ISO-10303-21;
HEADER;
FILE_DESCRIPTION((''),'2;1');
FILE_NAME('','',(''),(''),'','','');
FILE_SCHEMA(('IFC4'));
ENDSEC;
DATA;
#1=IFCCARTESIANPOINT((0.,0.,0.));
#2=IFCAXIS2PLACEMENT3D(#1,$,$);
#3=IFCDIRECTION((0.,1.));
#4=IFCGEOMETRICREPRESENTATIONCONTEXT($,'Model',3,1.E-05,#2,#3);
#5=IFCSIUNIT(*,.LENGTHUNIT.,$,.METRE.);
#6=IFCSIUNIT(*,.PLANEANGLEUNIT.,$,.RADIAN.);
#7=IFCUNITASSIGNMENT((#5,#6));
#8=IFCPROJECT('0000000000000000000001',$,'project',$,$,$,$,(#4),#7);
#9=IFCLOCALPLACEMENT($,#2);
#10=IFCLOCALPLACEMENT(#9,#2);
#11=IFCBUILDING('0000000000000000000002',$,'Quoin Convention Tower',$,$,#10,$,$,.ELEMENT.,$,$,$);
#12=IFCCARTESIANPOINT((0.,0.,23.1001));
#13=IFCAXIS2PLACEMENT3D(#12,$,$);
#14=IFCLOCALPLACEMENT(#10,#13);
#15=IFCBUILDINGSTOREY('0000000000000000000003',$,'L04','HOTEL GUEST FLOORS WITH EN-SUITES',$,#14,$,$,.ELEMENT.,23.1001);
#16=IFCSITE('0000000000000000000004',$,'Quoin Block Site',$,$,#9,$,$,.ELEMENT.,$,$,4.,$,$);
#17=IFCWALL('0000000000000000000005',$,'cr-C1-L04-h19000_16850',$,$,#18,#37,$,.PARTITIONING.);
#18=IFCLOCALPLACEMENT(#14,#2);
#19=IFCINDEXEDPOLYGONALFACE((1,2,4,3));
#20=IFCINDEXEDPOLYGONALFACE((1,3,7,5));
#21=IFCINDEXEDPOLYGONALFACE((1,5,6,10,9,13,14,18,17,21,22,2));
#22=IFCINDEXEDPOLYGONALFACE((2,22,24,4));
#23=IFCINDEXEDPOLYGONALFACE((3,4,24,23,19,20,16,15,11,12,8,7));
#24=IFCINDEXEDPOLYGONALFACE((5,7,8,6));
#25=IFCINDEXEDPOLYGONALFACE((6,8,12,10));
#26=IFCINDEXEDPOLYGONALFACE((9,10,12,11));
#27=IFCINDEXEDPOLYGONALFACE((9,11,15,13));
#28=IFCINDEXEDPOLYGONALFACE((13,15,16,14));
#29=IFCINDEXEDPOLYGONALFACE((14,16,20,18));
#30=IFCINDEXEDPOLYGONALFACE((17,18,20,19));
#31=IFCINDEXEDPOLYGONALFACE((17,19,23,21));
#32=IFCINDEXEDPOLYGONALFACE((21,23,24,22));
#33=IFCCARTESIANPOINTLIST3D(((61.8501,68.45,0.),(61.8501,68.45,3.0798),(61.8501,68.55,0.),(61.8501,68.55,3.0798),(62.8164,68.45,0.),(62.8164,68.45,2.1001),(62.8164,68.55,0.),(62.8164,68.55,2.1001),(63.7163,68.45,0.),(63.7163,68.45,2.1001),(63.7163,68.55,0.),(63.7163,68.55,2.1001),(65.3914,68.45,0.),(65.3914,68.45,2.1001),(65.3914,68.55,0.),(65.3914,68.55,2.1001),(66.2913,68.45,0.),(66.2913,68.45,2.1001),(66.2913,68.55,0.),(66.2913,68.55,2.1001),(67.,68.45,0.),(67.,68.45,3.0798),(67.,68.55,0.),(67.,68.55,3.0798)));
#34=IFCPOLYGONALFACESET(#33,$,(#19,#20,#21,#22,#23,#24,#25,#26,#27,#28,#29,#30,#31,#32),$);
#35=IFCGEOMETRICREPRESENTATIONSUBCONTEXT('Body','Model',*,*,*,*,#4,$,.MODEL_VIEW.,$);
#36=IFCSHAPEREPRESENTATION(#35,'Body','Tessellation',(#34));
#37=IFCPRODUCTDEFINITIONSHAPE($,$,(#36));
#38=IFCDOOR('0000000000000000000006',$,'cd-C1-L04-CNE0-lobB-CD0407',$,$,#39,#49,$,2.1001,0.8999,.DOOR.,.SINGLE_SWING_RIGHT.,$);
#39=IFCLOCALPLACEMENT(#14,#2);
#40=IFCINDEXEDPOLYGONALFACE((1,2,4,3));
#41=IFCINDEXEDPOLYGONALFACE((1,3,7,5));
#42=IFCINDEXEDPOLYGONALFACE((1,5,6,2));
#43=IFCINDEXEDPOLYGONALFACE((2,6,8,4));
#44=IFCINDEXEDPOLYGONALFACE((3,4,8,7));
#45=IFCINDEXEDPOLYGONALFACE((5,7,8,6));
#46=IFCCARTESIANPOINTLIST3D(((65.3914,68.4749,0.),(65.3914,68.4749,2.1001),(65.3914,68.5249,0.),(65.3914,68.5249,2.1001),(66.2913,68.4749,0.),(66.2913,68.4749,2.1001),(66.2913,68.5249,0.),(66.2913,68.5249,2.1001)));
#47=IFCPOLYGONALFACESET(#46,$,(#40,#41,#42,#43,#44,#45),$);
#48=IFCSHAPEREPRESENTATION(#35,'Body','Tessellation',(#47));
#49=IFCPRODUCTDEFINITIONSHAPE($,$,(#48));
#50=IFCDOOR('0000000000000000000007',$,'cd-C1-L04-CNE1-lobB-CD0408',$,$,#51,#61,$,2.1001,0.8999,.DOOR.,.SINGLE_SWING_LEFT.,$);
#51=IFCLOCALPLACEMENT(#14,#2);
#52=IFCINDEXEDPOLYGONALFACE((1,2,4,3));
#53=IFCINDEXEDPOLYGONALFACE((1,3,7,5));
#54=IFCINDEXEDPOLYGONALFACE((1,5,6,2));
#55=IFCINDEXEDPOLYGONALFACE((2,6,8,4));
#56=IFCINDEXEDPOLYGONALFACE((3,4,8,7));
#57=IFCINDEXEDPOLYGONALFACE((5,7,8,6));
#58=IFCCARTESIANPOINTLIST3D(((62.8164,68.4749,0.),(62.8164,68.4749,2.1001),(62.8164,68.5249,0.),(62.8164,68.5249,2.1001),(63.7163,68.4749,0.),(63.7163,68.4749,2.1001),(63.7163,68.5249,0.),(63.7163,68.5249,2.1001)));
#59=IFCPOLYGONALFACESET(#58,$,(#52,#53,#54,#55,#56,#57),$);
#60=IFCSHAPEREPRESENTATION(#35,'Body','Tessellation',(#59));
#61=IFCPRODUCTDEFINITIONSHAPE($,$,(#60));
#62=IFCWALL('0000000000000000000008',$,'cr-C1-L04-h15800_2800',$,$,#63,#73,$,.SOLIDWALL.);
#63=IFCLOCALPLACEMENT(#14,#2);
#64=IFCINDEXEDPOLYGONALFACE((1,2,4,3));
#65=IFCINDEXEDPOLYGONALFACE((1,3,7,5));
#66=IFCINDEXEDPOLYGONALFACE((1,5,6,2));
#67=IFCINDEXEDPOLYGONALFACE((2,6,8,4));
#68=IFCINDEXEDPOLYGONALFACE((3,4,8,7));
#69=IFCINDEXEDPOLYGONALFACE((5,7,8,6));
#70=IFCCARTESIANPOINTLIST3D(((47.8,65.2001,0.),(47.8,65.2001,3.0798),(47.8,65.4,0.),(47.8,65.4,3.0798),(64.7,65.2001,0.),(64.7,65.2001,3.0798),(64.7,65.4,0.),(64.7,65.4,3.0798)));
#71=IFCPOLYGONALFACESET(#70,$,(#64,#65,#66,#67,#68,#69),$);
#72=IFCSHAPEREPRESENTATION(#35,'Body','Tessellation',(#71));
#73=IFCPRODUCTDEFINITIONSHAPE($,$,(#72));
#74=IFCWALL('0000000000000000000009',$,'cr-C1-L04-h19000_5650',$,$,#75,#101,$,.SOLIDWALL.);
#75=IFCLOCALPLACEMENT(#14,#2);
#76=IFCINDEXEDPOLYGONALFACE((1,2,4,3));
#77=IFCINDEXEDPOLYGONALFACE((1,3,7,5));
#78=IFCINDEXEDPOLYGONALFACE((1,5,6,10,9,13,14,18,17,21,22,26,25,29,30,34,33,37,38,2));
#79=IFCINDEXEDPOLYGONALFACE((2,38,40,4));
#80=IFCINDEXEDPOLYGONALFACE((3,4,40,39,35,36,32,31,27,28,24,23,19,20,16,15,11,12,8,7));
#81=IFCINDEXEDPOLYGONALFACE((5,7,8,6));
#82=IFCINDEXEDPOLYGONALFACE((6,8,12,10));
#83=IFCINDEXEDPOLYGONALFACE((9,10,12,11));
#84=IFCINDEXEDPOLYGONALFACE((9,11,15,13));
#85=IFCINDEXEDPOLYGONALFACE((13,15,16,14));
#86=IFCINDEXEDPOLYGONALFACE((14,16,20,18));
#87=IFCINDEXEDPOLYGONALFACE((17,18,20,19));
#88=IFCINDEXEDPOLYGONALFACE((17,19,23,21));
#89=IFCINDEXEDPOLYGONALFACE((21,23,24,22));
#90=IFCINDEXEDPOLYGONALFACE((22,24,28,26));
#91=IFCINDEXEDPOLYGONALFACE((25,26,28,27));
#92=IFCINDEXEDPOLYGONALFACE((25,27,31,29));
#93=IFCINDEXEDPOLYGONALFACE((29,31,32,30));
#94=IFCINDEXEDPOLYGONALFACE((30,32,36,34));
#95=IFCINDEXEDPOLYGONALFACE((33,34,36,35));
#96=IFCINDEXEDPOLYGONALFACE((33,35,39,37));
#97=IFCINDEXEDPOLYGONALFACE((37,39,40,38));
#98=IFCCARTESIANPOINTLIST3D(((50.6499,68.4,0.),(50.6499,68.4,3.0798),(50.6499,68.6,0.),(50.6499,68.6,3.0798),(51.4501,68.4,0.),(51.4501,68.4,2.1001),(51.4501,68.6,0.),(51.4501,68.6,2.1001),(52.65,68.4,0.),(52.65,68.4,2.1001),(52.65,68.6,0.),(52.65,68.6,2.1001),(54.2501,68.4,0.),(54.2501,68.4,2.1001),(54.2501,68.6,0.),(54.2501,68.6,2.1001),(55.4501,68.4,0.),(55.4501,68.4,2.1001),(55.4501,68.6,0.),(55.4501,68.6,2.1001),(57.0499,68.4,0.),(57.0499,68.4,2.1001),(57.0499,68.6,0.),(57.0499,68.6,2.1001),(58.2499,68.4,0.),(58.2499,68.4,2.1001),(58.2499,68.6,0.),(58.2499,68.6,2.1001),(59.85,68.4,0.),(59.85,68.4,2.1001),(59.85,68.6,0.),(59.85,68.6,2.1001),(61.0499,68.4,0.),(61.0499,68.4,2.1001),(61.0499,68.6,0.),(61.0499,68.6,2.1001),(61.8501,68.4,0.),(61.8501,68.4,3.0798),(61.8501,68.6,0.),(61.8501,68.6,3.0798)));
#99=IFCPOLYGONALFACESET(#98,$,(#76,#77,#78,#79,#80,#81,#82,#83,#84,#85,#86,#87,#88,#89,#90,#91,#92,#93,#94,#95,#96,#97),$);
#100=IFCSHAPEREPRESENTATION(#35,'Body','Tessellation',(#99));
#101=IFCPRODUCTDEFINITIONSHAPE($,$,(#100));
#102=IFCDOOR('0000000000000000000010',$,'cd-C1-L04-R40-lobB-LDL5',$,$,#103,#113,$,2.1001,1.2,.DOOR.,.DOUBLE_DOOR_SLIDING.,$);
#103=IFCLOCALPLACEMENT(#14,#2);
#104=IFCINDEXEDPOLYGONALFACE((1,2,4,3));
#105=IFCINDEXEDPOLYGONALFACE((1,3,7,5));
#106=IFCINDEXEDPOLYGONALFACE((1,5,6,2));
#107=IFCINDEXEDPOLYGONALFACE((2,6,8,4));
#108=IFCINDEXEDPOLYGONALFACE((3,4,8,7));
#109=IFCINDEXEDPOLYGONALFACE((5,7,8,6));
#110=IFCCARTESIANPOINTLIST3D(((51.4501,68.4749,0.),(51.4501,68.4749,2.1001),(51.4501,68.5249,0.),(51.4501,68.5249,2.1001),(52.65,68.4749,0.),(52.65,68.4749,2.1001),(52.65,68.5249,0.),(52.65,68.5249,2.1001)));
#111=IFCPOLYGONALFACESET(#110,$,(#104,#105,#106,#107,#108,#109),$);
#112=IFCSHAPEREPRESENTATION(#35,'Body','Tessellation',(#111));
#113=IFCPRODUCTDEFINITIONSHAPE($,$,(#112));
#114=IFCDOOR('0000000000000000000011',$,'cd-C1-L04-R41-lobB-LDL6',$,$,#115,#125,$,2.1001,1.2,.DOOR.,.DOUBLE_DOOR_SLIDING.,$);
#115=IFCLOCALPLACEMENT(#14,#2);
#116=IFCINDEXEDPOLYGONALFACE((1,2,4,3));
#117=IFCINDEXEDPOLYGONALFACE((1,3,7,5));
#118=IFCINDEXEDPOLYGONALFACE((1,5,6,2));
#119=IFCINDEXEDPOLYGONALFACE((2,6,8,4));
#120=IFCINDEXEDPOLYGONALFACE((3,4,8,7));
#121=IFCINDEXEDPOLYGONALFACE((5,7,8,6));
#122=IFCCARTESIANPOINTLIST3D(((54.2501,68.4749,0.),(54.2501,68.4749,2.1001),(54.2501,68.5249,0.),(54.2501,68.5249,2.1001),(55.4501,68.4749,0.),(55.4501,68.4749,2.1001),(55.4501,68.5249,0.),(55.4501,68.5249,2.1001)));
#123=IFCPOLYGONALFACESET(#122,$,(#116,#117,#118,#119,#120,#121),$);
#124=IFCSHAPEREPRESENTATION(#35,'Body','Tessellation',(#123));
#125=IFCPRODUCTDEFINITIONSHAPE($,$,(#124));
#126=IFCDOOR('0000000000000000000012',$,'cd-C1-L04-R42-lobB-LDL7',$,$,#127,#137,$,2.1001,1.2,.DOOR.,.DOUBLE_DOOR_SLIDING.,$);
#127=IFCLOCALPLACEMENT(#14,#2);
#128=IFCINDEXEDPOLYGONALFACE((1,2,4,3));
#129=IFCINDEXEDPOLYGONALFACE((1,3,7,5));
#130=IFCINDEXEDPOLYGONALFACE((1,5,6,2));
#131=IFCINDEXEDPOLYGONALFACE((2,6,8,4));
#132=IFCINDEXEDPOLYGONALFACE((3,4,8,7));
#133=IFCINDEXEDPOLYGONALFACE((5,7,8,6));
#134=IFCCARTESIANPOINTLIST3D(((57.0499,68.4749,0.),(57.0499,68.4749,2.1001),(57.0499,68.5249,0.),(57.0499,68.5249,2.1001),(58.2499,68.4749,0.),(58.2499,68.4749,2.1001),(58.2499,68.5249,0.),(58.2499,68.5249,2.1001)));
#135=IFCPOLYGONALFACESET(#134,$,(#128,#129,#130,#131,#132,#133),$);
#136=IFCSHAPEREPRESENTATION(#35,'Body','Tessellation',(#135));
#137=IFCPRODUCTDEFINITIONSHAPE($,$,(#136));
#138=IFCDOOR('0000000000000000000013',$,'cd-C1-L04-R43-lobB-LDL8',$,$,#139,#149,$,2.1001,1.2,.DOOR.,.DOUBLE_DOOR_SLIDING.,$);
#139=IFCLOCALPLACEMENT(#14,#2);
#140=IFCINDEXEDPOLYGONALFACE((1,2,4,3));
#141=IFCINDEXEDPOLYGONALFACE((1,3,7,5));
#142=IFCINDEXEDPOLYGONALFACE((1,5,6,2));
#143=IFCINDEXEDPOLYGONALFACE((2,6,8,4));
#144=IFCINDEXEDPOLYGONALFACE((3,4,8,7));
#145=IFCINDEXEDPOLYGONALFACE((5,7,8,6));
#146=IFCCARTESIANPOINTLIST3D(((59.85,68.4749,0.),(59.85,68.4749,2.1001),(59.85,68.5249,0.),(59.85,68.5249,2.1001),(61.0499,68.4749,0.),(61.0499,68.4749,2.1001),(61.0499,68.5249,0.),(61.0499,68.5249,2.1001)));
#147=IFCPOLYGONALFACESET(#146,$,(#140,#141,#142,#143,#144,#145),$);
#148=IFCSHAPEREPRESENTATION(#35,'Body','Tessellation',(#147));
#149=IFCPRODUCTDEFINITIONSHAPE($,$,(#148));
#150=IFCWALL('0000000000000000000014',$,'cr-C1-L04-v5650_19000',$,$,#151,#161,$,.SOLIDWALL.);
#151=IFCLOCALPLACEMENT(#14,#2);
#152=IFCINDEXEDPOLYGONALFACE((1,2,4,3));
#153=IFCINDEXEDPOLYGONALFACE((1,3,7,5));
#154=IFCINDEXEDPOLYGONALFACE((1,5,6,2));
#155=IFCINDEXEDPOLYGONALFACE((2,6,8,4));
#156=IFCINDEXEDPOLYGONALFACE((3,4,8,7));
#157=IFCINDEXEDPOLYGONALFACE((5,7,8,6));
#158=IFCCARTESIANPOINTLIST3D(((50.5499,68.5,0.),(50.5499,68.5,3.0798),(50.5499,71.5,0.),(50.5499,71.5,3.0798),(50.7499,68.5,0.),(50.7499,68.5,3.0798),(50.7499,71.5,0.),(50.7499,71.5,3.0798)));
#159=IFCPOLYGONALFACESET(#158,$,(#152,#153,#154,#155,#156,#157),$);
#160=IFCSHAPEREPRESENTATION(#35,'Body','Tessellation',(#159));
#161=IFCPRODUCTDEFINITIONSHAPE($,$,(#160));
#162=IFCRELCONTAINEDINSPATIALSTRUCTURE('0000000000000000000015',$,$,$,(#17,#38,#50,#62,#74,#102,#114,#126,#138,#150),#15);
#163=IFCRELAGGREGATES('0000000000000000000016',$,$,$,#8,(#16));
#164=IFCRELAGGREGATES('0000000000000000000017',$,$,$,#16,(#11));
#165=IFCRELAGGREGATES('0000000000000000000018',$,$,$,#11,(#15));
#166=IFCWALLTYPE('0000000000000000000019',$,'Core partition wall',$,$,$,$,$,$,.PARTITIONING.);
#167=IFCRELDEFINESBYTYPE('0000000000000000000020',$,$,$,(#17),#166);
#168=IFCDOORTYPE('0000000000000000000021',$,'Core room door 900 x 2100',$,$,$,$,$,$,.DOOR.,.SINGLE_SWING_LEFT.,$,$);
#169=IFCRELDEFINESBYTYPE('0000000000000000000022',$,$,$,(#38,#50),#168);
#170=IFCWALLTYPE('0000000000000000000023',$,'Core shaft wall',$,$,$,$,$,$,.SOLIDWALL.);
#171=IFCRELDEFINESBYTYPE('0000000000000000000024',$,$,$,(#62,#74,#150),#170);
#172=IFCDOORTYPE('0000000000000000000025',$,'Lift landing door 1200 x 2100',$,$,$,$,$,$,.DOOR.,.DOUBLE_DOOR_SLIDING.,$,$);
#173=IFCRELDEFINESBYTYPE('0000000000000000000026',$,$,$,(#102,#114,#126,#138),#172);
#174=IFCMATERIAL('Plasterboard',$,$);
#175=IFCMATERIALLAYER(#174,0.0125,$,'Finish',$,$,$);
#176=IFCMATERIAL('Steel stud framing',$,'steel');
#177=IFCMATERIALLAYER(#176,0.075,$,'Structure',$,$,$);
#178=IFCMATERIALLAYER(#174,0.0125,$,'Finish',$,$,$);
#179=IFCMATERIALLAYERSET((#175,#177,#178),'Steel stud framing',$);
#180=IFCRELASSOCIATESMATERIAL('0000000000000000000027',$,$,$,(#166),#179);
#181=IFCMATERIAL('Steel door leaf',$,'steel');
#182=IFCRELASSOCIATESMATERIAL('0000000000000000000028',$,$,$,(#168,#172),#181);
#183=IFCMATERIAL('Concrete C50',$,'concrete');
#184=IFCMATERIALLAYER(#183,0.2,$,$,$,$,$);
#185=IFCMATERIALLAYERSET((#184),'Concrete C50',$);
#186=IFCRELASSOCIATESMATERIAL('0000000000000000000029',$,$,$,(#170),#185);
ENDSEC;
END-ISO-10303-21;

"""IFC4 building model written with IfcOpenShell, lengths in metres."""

from ifc_helpers import new_model, si_unit, direction, frame, frame_2d, origin, place, context, subcontext, project, spatial, rectangle, extrude, material, layer, layer_set, type_object, element, fill, save


model = new_model("IFC4")

# Units and contexts
model_context = context("Model", 3, precision=1e-05, world=origin(), true_north=direction((0.0, 1.0)))
body_context = subcontext(model_context, "Body", "Model", "MODEL_VIEW")
ifc_project = project(units=[si_unit("LENGTHUNIT", "METRE"), si_unit("PLANEANGLEUNIT", "RADIAN")], contexts=[model_context])

# Site, building, storey
site_placement = place(None, origin())
site = spatial("IfcSite", under=ifc_project, at=site_placement, Name="Quoin Block Site", CompositionType="ELEMENT", RefElevation=4.0)
building_placement = place(site_placement, origin())
building = spatial("IfcBuilding", under=site, at=building_placement, Name="Quoin Convention Tower", CompositionType="ELEMENT")
storey_placement = place(building_placement, frame((0.0, 0.0, 23.1001)))
storey = spatial("IfcBuildingStorey", under=building, at=storey_placement, Name="L04", Description="HOTEL GUEST FLOORS WITH EN-SUITES", CompositionType="ELEMENT", Elevation=23.1001)

# Wall, openings, doors
ifc_material_1 = material(Name="Plasterboard")
ifc_layer_1 = layer(ifc_material_1, 0.0125, Name="Finish")
ifc_material_2 = material(Name="Steel stud framing", Category="steel")
ifc_layer_2 = layer(ifc_material_2, 0.075, Name="Structure")
ifc_layer_3 = layer(ifc_material_1, 0.0125, Name="Finish")
ifc_layer_set_1 = layer_set([ifc_layer_1, ifc_layer_2, ifc_layer_3], Name="Steel stud framing")
wall_type_1 = type_object("IfcWallType", Name="Core partition wall", PredefinedType="PARTITIONING", material=ifc_layer_set_1)
wall_1_placement = place(storey_placement, frame((61.8501, 68.5, 0.0), z_axis=(0.0, 0.0, 1.0), x_axis=(1.0, 0.0, 0.0)))
wall_1 = element("IfcWall", 1, at=wall_1_placement, inside=storey, type_object=wall_type_1, Name="cr-C1-L04-h19000_16850", PredefinedType="PARTITIONING", context=body_context, shape_type="SweptSolid", body=[
    extrude(rectangle(XDim=5.1499, YDim=0.1001, at=frame_2d((2.575, 0.0))), origin(), (0.0, 0.0, 1.0), 3.0798),
])
opening_1_placement = place(wall_1_placement, frame((3.5413, 0.0, 0.0)))
opening_1 = element("IfcOpeningElement", 2, at=opening_1_placement, cuts=wall_1, PredefinedType="OPENING", context=body_context, shape_type="SweptSolid", body=[
    extrude(rectangle(XDim=0.8999, YDim=2.1001, at=frame_2d((0.45, 1.05))), frame((0.0, 0.0601, 0.0), z_axis=(0.0, -1.0, 0.0), x_axis=(1.0, 0.0, 0.0)), (0.0, 0.0, 1.0), 0.1201),
])
opening_2_placement = place(wall_1_placement, frame((0.9663, 0.0, 0.0)))
opening_2 = element("IfcOpeningElement", 3, at=opening_2_placement, cuts=wall_1, PredefinedType="OPENING", context=body_context, shape_type="SweptSolid", body=[
    extrude(rectangle(XDim=0.8999, YDim=2.1001, at=frame_2d((0.45, 1.05))), frame((0.0, 0.0601, 0.0), z_axis=(0.0, -1.0, 0.0), x_axis=(1.0, 0.0, 0.0)), (0.0, 0.0, 1.0), 0.1201),
])
ifc_material_3 = material(Name="Steel door leaf", Category="steel")
door_type_1 = type_object("IfcDoorType", Name="Core room door 900 x 2100", OperationType="SINGLE_SWING_LEFT", PredefinedType="DOOR", material=ifc_material_3)
door_1_placement = place(opening_1_placement, origin())
door_1 = element("IfcDoor", 4, at=door_1_placement, inside=storey, type_object=door_type_1, Name="cd-C1-L04-CNE0-lobB-CD0407", OperationType="SINGLE_SWING_RIGHT", OverallHeight=2.1001, OverallWidth=0.8999, PredefinedType="DOOR", context=body_context, shape_type="SweptSolid", body=[
    extrude(rectangle(XDim=0.8999, YDim=2.1001, at=frame_2d((0.45, 1.05))), frame((0.0, 0.0249, 0.0), z_axis=(0.0, -1.0, 0.0), x_axis=(1.0, 0.0, 0.0)), (0.0, 0.0, 1.0), 0.05),
])
fill(opening_1, door_1)
door_2_placement = place(opening_2_placement, origin())
door_2 = element("IfcDoor", 5, at=door_2_placement, inside=storey, type_object=door_type_1, Name="cd-C1-L04-CNE1-lobB-CD0408", OperationType="SINGLE_SWING_LEFT", OverallHeight=2.1001, OverallWidth=0.8999, PredefinedType="DOOR", context=body_context, shape_type="SweptSolid", body=[
    extrude(rectangle(XDim=0.8999, YDim=2.1001, at=frame_2d((0.45, 1.05))), frame((0.0, 0.0249, 0.0), z_axis=(0.0, -1.0, 0.0), x_axis=(1.0, 0.0, 0.0)), (0.0, 0.0, 1.0), 0.05),
])
fill(opening_2, door_2)

# Wall
ifc_material_4 = material(Name="Concrete C50", Category="concrete")
ifc_layer_4 = layer(ifc_material_4, 0.2)
ifc_layer_set_2 = layer_set([ifc_layer_4], Name="Concrete C50")
wall_type_2 = type_object("IfcWallType", Name="Core shaft wall", PredefinedType="SOLIDWALL", material=ifc_layer_set_2)
wall_2_placement = place(storey_placement, frame((47.8, 65.3, 0.0), z_axis=(0.0, 0.0, 1.0), x_axis=(1.0, 0.0, 0.0)))
element("IfcWall", 6, at=wall_2_placement, inside=storey, type_object=wall_type_2, Name="cr-C1-L04-h15800_2800", PredefinedType="SOLIDWALL", context=body_context, shape_type="SweptSolid", body=[
    extrude(rectangle(XDim=16.8999, YDim=0.2, at=frame_2d((8.45, 0.0))), origin(), (0.0, 0.0, 1.0), 3.0798),
])

# Wall, openings, doors
wall_3_placement = place(storey_placement, frame((50.6499, 68.5, 0.0), z_axis=(0.0, 0.0, 1.0), x_axis=(1.0, 0.0, 0.0)))
wall_3 = element("IfcWall", 7, at=wall_3_placement, inside=storey, type_object=wall_type_2, Name="cr-C1-L04-h19000_5650", PredefinedType="SOLIDWALL", context=body_context, shape_type="SweptSolid", body=[
    extrude(rectangle(XDim=11.2002, YDim=0.2, at=frame_2d((5.6001, 0.0))), origin(), (0.0, 0.0, 1.0), 3.0798),
])
opening_3_placement = place(wall_3_placement, frame((0.8, 0.0, 0.0)))
opening_3 = element("IfcOpeningElement", 8, at=opening_3_placement, cuts=wall_3, PredefinedType="OPENING", context=body_context, shape_type="SweptSolid", body=[
    extrude(rectangle(XDim=1.2, YDim=2.1001, at=frame_2d((0.6001, 1.05))), frame((0.0, 0.1099, 0.0), z_axis=(0.0, -1.0, 0.0), x_axis=(1.0, 0.0, 0.0)), (0.0, 0.0, 1.0), 0.22),
])
opening_4_placement = place(wall_3_placement, frame((3.6001, 0.0, 0.0)))
opening_4 = element("IfcOpeningElement", 9, at=opening_4_placement, cuts=wall_3, PredefinedType="OPENING", context=body_context, shape_type="SweptSolid", body=[
    extrude(rectangle(XDim=1.2, YDim=2.1001, at=frame_2d((0.6001, 1.05))), frame((0.0, 0.1099, 0.0), z_axis=(0.0, -1.0, 0.0), x_axis=(1.0, 0.0, 0.0)), (0.0, 0.0, 1.0), 0.22),
])
opening_5_placement = place(wall_3_placement, frame((6.3999, 0.0, 0.0)))
opening_5 = element("IfcOpeningElement", 10, at=opening_5_placement, cuts=wall_3, PredefinedType="OPENING", context=body_context, shape_type="SweptSolid", body=[
    extrude(rectangle(XDim=1.2, YDim=2.1001, at=frame_2d((0.6001, 1.05))), frame((0.0, 0.1099, 0.0), z_axis=(0.0, -1.0, 0.0), x_axis=(1.0, 0.0, 0.0)), (0.0, 0.0, 1.0), 0.22),
])
opening_6_placement = place(wall_3_placement, frame((9.2, 0.0, 0.0)))
opening_6 = element("IfcOpeningElement", 11, at=opening_6_placement, cuts=wall_3, PredefinedType="OPENING", context=body_context, shape_type="SweptSolid", body=[
    extrude(rectangle(XDim=1.2, YDim=2.1001, at=frame_2d((0.6001, 1.05))), frame((0.0, 0.1099, 0.0), z_axis=(0.0, -1.0, 0.0), x_axis=(1.0, 0.0, 0.0)), (0.0, 0.0, 1.0), 0.22),
])
door_type_2 = type_object("IfcDoorType", Name="Lift landing door 1200 x 2100", OperationType="DOUBLE_DOOR_SLIDING", PredefinedType="DOOR", material=ifc_material_3)
door_3_placement = place(opening_3_placement, origin())
door_3 = element("IfcDoor", 12, at=door_3_placement, inside=storey, type_object=door_type_2, Name="cd-C1-L04-R40-lobB-LDL5", OperationType="DOUBLE_DOOR_SLIDING", OverallHeight=2.1001, OverallWidth=1.2, PredefinedType="DOOR", context=body_context, shape_type="SweptSolid", body=[
    extrude(rectangle(XDim=1.2, YDim=2.1001, at=frame_2d((0.6001, 1.05))), frame((0.0, 0.0249, 0.0), z_axis=(0.0, -1.0, 0.0), x_axis=(1.0, 0.0, 0.0)), (0.0, 0.0, 1.0), 0.05),
])
fill(opening_3, door_3)
door_4_placement = place(opening_4_placement, origin())
door_4 = element("IfcDoor", 13, at=door_4_placement, inside=storey, type_object=door_type_2, Name="cd-C1-L04-R41-lobB-LDL6", OperationType="DOUBLE_DOOR_SLIDING", OverallHeight=2.1001, OverallWidth=1.2, PredefinedType="DOOR", context=body_context, shape_type="SweptSolid", body=[
    extrude(rectangle(XDim=1.2, YDim=2.1001, at=frame_2d((0.6001, 1.05))), frame((0.0, 0.0249, 0.0), z_axis=(0.0, -1.0, 0.0), x_axis=(1.0, 0.0, 0.0)), (0.0, 0.0, 1.0), 0.05),
])
fill(opening_4, door_4)
door_5_placement = place(opening_5_placement, origin())
door_5 = element("IfcDoor", 14, at=door_5_placement, inside=storey, type_object=door_type_2, Name="cd-C1-L04-R42-lobB-LDL7", OperationType="DOUBLE_DOOR_SLIDING", OverallHeight=2.1001, OverallWidth=1.2, PredefinedType="DOOR", context=body_context, shape_type="SweptSolid", body=[
    extrude(rectangle(XDim=1.2, YDim=2.1001, at=frame_2d((0.6001, 1.05))), frame((0.0, 0.0249, 0.0), z_axis=(0.0, -1.0, 0.0), x_axis=(1.0, 0.0, 0.0)), (0.0, 0.0, 1.0), 0.05),
])
fill(opening_5, door_5)
door_6_placement = place(opening_6_placement, origin())
door_6 = element("IfcDoor", 15, at=door_6_placement, inside=storey, type_object=door_type_2, Name="cd-C1-L04-R43-lobB-LDL8", OperationType="DOUBLE_DOOR_SLIDING", OverallHeight=2.1001, OverallWidth=1.2, PredefinedType="DOOR", context=body_context, shape_type="SweptSolid", body=[
    extrude(rectangle(XDim=1.2, YDim=2.1001, at=frame_2d((0.6001, 1.05))), frame((0.0, 0.0249, 0.0), z_axis=(0.0, -1.0, 0.0), x_axis=(1.0, 0.0, 0.0)), (0.0, 0.0, 1.0), 0.05),
])
fill(opening_6, door_6)

# Wall
for number, where, z_axis, x_axis, name in (
    (16, (50.6499, 68.5, 0.0), (0.0, 0.0, 1.0), (0.0, 1.0, 0.0), "cr-C1-L04-v5650_19000"),
):
    element("IfcWall", number, at=place(storey_placement, frame(where, z_axis=z_axis, x_axis=x_axis)), inside=storey, type_object=wall_type_2, Name=name, PredefinedType="SOLIDWALL", context=body_context, shape_type="SweptSolid", body=[
        extrude(rectangle(XDim=3.0, YDim=0.2, at=frame_2d((1.5, 0.0))), origin(), (0.0, 0.0, 1.0), 3.0798),
    ])

save(model, "model.ifc")
